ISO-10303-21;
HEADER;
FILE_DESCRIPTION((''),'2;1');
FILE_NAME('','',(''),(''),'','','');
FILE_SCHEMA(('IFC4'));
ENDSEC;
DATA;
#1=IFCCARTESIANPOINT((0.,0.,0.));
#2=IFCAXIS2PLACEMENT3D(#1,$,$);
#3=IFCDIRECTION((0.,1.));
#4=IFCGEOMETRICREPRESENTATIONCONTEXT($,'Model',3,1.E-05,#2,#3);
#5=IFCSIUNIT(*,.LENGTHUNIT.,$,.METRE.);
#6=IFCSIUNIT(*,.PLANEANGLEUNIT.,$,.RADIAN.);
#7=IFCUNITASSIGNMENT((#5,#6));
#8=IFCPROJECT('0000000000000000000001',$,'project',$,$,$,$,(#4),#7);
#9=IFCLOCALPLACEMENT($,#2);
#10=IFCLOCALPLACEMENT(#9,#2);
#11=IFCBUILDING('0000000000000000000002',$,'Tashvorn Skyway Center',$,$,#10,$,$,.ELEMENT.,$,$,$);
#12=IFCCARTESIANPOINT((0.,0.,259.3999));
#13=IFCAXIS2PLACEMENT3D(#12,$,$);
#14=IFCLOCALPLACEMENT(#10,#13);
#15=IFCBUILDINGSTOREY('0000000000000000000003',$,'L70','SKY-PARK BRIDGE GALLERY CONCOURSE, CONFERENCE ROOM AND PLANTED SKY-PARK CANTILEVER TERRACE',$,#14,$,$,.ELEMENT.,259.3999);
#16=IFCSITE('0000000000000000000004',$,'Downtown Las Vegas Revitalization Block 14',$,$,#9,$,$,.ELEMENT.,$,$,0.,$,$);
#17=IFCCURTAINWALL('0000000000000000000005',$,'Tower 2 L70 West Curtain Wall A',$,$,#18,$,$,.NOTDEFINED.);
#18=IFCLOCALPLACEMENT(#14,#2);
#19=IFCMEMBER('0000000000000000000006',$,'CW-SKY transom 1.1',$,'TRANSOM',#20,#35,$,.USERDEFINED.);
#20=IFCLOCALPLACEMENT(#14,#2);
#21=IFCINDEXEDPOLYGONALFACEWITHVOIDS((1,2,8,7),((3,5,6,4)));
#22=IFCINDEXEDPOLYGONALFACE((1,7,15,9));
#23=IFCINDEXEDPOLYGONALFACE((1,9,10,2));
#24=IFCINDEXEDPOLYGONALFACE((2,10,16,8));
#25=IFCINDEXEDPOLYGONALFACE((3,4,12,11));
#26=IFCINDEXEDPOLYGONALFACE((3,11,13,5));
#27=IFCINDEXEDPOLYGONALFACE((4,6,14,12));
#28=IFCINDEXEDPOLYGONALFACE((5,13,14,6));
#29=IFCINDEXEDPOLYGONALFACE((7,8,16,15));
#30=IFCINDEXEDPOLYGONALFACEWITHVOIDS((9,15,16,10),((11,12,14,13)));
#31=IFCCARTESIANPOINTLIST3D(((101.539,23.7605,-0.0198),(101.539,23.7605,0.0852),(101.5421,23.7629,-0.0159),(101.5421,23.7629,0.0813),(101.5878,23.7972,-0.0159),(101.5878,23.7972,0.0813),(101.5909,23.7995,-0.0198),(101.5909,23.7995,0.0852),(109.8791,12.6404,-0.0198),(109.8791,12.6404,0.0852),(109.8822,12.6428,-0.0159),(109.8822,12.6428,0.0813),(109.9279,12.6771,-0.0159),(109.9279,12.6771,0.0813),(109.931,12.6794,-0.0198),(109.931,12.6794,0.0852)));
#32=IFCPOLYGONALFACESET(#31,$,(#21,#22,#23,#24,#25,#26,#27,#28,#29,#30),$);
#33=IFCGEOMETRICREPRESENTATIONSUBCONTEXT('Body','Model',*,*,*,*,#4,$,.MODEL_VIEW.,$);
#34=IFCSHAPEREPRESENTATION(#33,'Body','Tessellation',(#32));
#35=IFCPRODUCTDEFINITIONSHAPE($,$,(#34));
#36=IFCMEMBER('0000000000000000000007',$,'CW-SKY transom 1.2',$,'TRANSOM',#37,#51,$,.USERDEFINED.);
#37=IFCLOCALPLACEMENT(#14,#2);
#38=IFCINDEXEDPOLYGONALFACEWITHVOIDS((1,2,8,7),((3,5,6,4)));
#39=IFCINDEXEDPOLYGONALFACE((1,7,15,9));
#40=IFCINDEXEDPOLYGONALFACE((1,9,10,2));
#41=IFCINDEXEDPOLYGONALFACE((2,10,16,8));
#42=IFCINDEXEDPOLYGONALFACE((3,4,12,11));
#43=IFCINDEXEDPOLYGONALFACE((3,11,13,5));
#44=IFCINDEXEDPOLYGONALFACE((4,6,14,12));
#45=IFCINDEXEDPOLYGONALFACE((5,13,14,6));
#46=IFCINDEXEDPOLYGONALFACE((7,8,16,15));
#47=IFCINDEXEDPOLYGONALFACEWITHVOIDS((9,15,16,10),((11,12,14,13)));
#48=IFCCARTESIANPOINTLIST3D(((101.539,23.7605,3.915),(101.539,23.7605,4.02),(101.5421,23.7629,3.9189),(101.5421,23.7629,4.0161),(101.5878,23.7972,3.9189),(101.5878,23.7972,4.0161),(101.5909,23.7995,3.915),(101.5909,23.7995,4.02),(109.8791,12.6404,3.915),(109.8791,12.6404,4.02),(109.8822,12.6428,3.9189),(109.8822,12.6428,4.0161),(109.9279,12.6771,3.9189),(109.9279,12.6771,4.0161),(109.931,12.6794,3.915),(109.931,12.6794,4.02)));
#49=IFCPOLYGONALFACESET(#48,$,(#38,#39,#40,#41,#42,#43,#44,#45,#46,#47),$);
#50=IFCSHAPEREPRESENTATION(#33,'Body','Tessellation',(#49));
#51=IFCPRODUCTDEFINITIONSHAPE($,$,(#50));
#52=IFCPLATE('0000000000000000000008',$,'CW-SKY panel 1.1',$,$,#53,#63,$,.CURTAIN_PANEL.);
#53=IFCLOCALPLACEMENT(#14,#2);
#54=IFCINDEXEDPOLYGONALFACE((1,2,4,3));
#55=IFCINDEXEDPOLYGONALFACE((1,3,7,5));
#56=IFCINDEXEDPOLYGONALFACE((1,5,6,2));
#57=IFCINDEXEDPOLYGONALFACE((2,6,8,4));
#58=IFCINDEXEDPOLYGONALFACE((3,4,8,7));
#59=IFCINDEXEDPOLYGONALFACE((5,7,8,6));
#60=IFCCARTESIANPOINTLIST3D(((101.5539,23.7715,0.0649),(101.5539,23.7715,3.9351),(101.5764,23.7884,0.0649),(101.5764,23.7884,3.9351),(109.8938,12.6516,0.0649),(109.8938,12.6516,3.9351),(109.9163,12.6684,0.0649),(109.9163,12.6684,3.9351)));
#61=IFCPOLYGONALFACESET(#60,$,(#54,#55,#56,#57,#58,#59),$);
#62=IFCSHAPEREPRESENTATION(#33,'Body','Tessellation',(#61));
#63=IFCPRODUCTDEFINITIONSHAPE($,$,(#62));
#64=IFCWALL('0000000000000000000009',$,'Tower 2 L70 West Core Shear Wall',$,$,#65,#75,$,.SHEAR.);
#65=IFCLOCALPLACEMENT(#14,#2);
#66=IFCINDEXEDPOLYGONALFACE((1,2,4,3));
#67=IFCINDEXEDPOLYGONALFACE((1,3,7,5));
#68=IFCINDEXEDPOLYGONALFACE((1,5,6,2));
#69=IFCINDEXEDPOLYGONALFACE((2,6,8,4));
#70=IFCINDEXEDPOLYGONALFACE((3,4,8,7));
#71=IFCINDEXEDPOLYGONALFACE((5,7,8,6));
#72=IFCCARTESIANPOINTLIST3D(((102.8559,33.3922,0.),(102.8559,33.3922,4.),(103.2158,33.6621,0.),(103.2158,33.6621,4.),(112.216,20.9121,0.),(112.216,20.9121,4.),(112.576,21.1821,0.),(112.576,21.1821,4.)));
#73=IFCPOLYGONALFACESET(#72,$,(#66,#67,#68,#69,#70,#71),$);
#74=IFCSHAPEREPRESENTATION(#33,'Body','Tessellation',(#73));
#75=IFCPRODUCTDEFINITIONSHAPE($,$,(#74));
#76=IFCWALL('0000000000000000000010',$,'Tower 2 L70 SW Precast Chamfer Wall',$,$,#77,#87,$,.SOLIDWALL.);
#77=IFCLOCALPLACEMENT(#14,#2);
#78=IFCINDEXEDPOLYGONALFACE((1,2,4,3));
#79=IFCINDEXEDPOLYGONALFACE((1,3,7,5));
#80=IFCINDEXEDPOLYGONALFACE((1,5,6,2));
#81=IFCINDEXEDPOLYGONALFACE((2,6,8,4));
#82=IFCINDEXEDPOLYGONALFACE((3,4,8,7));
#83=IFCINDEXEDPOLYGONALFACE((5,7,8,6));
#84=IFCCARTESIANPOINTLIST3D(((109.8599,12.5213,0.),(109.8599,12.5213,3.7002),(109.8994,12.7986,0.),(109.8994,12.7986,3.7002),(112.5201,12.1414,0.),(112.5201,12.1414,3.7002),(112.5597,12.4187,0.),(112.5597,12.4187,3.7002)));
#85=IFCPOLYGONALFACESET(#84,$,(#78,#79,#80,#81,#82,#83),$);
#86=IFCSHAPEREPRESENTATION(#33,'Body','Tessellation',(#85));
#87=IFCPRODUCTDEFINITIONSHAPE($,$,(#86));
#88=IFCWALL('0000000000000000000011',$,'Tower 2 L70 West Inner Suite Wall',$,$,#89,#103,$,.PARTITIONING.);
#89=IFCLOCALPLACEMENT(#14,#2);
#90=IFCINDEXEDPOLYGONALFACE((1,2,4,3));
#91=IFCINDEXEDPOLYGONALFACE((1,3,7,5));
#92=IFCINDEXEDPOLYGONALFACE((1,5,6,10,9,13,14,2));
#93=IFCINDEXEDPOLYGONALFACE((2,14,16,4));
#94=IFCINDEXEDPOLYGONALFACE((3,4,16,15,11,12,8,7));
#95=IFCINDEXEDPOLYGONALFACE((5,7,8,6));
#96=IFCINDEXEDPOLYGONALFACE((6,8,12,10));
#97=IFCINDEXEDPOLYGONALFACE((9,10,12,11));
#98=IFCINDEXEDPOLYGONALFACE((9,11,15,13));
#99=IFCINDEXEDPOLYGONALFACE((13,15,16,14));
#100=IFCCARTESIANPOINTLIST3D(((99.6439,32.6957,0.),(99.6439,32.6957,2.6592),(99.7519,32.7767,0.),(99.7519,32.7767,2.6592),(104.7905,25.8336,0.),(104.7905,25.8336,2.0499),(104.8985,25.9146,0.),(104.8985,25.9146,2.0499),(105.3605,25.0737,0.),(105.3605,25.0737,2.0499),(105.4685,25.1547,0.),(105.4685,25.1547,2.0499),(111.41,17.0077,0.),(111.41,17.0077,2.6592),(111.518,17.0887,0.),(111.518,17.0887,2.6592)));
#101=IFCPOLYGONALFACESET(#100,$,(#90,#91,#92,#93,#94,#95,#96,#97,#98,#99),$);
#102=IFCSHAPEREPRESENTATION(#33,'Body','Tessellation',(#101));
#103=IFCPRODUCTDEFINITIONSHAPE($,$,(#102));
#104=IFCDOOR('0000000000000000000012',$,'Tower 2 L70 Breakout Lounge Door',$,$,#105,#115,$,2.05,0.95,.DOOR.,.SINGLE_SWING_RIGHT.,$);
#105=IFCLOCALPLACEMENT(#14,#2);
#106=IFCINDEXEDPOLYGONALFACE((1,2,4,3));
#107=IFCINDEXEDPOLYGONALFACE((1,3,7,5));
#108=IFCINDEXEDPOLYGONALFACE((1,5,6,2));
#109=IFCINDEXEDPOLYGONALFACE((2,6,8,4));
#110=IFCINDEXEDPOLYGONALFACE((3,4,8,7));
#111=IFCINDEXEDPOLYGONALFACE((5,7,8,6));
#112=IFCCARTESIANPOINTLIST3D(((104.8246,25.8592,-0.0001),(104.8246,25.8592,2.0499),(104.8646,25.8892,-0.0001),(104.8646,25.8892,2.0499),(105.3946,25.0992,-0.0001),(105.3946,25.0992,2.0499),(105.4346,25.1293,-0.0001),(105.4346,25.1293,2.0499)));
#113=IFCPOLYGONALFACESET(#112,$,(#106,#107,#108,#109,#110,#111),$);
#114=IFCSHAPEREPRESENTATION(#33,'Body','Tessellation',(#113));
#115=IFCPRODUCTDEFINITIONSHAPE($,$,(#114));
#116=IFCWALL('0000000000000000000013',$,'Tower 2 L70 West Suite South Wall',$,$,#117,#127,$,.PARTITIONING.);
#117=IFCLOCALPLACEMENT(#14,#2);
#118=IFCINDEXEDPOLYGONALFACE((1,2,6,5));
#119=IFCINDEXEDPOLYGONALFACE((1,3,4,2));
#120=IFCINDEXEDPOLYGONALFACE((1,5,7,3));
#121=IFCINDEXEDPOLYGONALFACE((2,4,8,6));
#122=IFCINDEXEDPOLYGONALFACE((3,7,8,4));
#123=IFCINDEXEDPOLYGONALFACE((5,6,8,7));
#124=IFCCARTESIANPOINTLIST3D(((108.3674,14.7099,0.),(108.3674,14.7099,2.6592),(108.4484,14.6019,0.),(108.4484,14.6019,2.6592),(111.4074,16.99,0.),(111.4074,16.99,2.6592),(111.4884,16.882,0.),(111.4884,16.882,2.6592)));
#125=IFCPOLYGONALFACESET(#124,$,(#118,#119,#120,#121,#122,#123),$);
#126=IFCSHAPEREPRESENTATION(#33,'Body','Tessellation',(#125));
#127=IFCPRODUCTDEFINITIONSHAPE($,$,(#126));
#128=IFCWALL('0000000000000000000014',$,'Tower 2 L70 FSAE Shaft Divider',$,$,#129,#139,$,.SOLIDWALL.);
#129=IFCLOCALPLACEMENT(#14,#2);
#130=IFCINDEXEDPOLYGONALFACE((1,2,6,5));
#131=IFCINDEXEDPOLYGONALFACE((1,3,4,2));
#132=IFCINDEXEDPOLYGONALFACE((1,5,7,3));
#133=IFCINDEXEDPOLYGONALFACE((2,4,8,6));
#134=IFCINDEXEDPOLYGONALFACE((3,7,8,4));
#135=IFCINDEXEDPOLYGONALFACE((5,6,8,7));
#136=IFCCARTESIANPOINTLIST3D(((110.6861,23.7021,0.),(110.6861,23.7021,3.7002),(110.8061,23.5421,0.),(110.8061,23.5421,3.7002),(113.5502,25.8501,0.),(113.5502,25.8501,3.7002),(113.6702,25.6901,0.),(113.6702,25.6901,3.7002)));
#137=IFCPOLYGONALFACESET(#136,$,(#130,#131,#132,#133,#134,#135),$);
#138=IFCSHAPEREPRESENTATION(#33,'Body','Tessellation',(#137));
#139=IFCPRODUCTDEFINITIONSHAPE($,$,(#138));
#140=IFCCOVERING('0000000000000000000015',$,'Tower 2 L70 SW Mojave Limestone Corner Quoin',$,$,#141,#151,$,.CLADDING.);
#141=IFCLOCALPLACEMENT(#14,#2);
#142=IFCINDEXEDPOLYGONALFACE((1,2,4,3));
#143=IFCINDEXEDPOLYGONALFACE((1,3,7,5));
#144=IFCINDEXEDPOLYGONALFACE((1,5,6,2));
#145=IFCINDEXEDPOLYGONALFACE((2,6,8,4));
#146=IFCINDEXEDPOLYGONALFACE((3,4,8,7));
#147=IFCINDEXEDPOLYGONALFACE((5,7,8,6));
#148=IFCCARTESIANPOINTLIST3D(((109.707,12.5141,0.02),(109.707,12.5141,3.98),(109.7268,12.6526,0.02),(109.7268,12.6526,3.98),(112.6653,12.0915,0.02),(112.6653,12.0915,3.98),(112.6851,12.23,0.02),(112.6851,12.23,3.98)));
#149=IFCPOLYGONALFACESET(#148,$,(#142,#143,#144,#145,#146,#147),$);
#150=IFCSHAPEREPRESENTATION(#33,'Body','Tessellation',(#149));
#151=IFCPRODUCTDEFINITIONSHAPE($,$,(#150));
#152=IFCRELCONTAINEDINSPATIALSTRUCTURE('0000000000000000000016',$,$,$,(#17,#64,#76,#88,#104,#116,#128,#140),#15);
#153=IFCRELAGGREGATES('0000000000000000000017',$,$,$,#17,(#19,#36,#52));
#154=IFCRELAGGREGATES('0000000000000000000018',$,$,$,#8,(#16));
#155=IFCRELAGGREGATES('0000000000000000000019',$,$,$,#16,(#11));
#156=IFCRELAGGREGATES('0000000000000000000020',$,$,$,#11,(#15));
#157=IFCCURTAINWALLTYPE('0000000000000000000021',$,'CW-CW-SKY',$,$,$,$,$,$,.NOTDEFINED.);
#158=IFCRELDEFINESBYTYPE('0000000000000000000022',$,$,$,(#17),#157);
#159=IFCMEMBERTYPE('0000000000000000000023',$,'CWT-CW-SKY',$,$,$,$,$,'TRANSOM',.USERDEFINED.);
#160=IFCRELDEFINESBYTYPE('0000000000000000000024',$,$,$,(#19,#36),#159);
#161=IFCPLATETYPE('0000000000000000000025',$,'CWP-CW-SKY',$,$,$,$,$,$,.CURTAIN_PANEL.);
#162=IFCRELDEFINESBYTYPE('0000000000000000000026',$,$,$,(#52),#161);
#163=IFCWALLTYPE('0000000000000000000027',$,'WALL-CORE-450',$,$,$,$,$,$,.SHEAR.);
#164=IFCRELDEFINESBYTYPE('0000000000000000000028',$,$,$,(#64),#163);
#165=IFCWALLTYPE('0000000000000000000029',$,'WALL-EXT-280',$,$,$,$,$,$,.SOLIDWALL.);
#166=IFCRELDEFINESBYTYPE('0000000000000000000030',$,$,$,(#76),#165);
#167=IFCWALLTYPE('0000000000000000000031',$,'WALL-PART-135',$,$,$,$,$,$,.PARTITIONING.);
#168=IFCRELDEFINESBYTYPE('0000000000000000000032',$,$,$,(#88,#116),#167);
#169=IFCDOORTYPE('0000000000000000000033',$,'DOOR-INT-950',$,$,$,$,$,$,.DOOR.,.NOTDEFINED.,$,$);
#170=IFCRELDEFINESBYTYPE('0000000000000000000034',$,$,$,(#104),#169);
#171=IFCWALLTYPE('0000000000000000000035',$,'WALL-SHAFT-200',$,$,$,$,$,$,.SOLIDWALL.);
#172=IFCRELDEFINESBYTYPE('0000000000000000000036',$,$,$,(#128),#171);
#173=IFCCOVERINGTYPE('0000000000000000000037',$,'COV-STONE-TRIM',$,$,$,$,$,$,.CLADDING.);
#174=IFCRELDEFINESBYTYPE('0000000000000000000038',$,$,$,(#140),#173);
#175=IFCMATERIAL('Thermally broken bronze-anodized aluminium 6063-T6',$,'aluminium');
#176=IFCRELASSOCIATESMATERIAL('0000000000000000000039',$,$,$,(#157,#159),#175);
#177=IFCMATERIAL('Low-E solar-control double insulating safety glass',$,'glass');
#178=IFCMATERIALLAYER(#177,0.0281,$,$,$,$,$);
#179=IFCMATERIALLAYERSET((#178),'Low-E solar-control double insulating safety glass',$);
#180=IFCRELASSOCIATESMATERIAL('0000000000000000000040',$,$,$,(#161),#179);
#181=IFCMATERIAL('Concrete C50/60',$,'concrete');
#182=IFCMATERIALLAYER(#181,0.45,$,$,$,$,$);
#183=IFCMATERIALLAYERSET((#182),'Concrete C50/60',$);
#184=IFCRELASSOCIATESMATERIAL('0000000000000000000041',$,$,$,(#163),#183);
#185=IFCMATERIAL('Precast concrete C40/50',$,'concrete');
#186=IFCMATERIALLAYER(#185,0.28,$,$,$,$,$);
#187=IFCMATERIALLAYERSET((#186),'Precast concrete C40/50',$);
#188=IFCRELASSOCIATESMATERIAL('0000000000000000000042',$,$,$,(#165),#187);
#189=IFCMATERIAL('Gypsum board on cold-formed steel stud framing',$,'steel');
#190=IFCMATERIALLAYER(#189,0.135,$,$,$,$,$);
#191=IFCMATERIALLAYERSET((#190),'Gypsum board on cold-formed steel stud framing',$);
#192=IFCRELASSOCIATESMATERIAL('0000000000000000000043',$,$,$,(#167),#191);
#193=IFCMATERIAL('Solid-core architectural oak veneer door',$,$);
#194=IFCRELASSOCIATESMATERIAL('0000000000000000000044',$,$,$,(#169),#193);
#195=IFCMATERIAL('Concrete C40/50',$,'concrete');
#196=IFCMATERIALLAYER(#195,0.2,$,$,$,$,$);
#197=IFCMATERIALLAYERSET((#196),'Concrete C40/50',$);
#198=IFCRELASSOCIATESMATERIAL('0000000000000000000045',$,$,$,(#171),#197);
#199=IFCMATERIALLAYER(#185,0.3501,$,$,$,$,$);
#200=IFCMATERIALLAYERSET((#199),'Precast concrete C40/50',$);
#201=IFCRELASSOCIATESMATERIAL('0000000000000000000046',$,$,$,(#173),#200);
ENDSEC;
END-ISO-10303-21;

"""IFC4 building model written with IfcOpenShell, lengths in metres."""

from ifc_helpers import new_model, si_unit, direction, frame, frame_2d, origin, origin_2d, place, context, subcontext, project, spatial, rectangle, hollow_rectangle, extrude, material, layer, layer_set, material_profile, profile_set, type_object, element, fill, aggregate, save


model = new_model("IFC4")

# Units and contexts
model_context = context("Model", 3, precision=1e-05, world=origin(), true_north=direction((0.0, 1.0)))
body_context = subcontext(model_context, "Body", "Model", "MODEL_VIEW")
ifc_project = project(units=[si_unit("LENGTHUNIT", "METRE"), si_unit("PLANEANGLEUNIT", "RADIAN")], contexts=[model_context])

# Site, building, storey
site_placement = place(None, origin())
site = spatial("IfcSite", under=ifc_project, at=site_placement, Name="Downtown Las Vegas Revitalization Block 14", CompositionType="ELEMENT", RefElevation=0.0)
building_placement = place(site_placement, origin())
building = spatial("IfcBuilding", under=site, at=building_placement, Name="Tashvorn Skyway Center", CompositionType="ELEMENT")
storey_placement = place(building_placement, frame((0.0, 0.0, 259.3999)))
storey = spatial("IfcBuildingStorey", under=building, at=storey_placement, Name="L70", Description="SKY-PARK BRIDGE GALLERY CONCOURSE, CONFERENCE ROOM AND PLANTED SKY-PARK CANTILEVER TERRACE", CompositionType="ELEMENT", Elevation=259.3999)

# Shared definitions
ifc_material_1 = material(Name="Thermally broken bronze-anodized aluminium 6063-T6", Category="aluminium")
curtain_wall_type = type_object("IfcCurtainWallType", Name="CW-CW-SKY", PredefinedType="NOTDEFINED", material=ifc_material_1)

# Curtain wall, members, plate
curtain_wall_1_placement = place(storey_placement, origin())
curtain_wall_1 = element("IfcCurtainWall", 1, at=curtain_wall_1_placement, inside=storey, type_object=curtain_wall_type, Name="Tower 2 L70 West Curtain Wall A", PredefinedType="NOTDEFINED")
ifc_material_profile_1 = material_profile(ifc_material_1, hollow_rectangle(XDim=0.0649, YDim=0.105, WallThickness=0.0039, at=origin_2d()), Name="ALU-TRAN-65x105")
ifc_profile_set_1 = profile_set([ifc_material_profile_1], Name="Thermally broken bronze-anodized aluminium 6063-T6")
member_type_1 = type_object("IfcMemberType", Name="CWT-CW-SKY", ElementType="TRANSOM", PredefinedType="USERDEFINED", material=ifc_profile_set_1)
member_1_placement = place(storey_placement, frame((109.905, 12.6599, 0.0327), z_axis=(-0.6, 0.8, 0.0), x_axis=(-0.8, -0.6, 0.0)))
member_1 = element("IfcMember", 2, at=member_1_placement, type_object=member_type_1, Name="CW-SKY transom 1.1", ObjectType="TRANSOM", PredefinedType="USERDEFINED", context=body_context, shape_type="SweptSolid", body=[
    extrude(hollow_rectangle(XDim=0.0649, YDim=0.105, WallThickness=0.0039, at=origin_2d()), origin(), (0.0, 0.0, 1.0), 13.9001),
])
member_2_placement = place(storey_placement, frame((109.905, 12.6599, 3.9675), z_axis=(-0.6, 0.8, 0.0), x_axis=(-0.8, -0.6, 0.0)))
member_2 = element("IfcMember", 3, at=member_2_placement, type_object=member_type_1, Name="CW-SKY transom 1.2", ObjectType="TRANSOM", PredefinedType="USERDEFINED", context=body_context, shape_type="SweptSolid", body=[
    extrude(hollow_rectangle(XDim=0.0649, YDim=0.105, WallThickness=0.0039, at=origin_2d()), origin(), (0.0, 0.0, 1.0), 13.9001),
])
ifc_material_2 = material(Name="Low-E solar-control double insulating safety glass", Category="glass")
ifc_layer_1 = layer(ifc_material_2, 0.0281)
ifc_layer_set_1 = layer_set([ifc_layer_1], Name="Low-E solar-control double insulating safety glass")
plate_type = type_object("IfcPlateType", Name="CWP-CW-SKY", PredefinedType="CURTAIN_PANEL", material=ifc_layer_set_1)
plate_placement = place(storey_placement, frame((105.7351, 18.22, 0.0649), z_axis=(0.0, 0.0, 1.0), x_axis=(-0.6, 0.8, 0.0)))
plate = element("IfcPlate", 4, at=plate_placement, type_object=plate_type, Name="CW-SKY panel 1.1", PredefinedType="CURTAIN_PANEL", context=body_context, shape_type="SweptSolid", body=[
    extrude(rectangle(XDim=13.8999, YDim=0.0281, at=origin_2d()), origin(), (0.0, 0.0, 1.0), 3.8701),
])
aggregate(curtain_wall_1, [member_1, member_2, plate])

# Walls
ifc_material_3 = material(Name="Concrete C50/60", Category="concrete")
ifc_layer_2 = layer(ifc_material_3, 0.45)
ifc_layer_set_2 = layer_set([ifc_layer_2], Name="Concrete C50/60")
wall_type_1 = type_object("IfcWallType", Name="WALL-CORE-450", PredefinedType="SHEAR", material=ifc_layer_set_2)
wall_1_placement = place(storey_placement, frame((112.396, 21.0471, 0.0), z_axis=(0.0, 0.0, 1.0), x_axis=(-0.600005, 0.799996, 0.0)))
element("IfcWall", 5, at=wall_1_placement, inside=storey, type_object=wall_type_1, Name="Tower 2 L70 West Core Shear Wall", PredefinedType="SHEAR", context=body_context, shape_type="SweptSolid", body=[
    extrude(rectangle(XDim=15.6001, YDim=0.45, at=frame_2d((7.8, 0.0))), origin(), (0.0, 0.0, 1.0), 4.0),
])
ifc_material_4 = material(Name="Precast concrete C40/50", Category="concrete")
ifc_layer_3 = layer(ifc_material_4, 0.28)
ifc_layer_set_3 = layer_set([ifc_layer_3], Name="Precast concrete C40/50")
wall_type_2 = type_object("IfcWallType", Name="WALL-EXT-280", PredefinedType="SOLIDWALL", material=ifc_layer_set_3)
wall_2_placement = place(storey_placement, frame((112.54, 12.28, 0.0), z_axis=(0.0, 0.0, 1.0), x_axis=(-0.989957, 0.14137, 0.0)))
element("IfcWall", 6, at=wall_2_placement, inside=storey, type_object=wall_type_2, Name="Tower 2 L70 SW Precast Chamfer Wall", PredefinedType="SOLIDWALL", context=body_context, shape_type="SweptSolid", body=[
    extrude(rectangle(XDim=2.6873, YDim=0.28, at=frame_2d((1.3438, 0.0))), origin(), (0.0, 0.0, 1.0), 3.7002),
])

# Wall, opening, door
ifc_material_5 = material(Name="Gypsum board on cold-formed steel stud framing", Category="steel")
ifc_layer_4 = layer(ifc_material_5, 0.135)
ifc_layer_set_4 = layer_set([ifc_layer_4], Name="Gypsum board on cold-formed steel stud framing")
wall_type_3 = type_object("IfcWallType", Name="WALL-PART-135", PredefinedType="PARTITIONING", material=ifc_layer_set_4)
wall_3_placement = place(storey_placement, frame((111.4641, 17.0481, 0.0), z_axis=(0.0, 0.0, 1.0), x_axis=(-0.600004, 0.799997, 0.0)))
wall_3 = element("IfcWall", 7, at=wall_3_placement, inside=storey, type_object=wall_type_3, Name="Tower 2 L70 West Inner Suite Wall", PredefinedType="PARTITIONING", context=body_context, shape_type="SweptSolid", body=[
    extrude(rectangle(XDim=19.6101, YDim=0.135, at=frame_2d((9.8052, 0.0))), origin(), (0.0, 0.0, 1.0), 2.6592),
])
opening_placement = place(wall_3_placement, frame((10.0825, 0.0, 0.0)))
opening = element("IfcOpeningElement", 8, at=opening_placement, cuts=wall_3, PredefinedType="OPENING", context=body_context, shape_type="SweptSolid", body=[
    extrude(rectangle(XDim=0.95, YDim=2.05, at=frame_2d((0.4751, 1.0249))), frame((0.0, 0.0774, 0.0), z_axis=(0.0, -1.0, 0.0), x_axis=(1.0, 0.0, 0.0)), (0.0, 0.0, 1.0), 0.155),
])
ifc_material_6 = material(Name="Solid-core architectural oak veneer door")
door_type = type_object("IfcDoorType", Name="DOOR-INT-950", OperationType="NOTDEFINED", PredefinedType="DOOR", material=ifc_material_6)
door_placement = place(opening_placement, origin())
door = element("IfcDoor", 9, at=door_placement, inside=storey, type_object=door_type, Name="Tower 2 L70 Breakout Lounge Door", OperationType="SINGLE_SWING_RIGHT", OverallHeight=2.05, OverallWidth=0.95, PredefinedType="DOOR", context=body_context, shape_type="SweptSolid", body=[
    extrude(rectangle(XDim=0.95, YDim=2.05, at=frame_2d((0.4751, 1.0249))), frame((0.0, 0.0249, 0.0), z_axis=(0.0, -1.0, 0.0), x_axis=(1.0, 0.0, 0.0)), (0.0, 0.0, 1.0), 0.05),
])
fill(opening, door)

# Walls
wall_4_placement = place(storey_placement, frame((108.408, 14.656, 0.0), z_axis=(0.0, 0.0, 1.0), x_axis=(0.8, 0.6, 0.0)))
element("IfcWall", 10, at=wall_4_placement, inside=storey, type_object=wall_type_3, Name="Tower 2 L70 West Suite South Wall", PredefinedType="PARTITIONING", context=body_context, shape_type="SweptSolid", body=[
    extrude(rectangle(XDim=3.8, YDim=0.135, at=frame_2d((1.8999, 0.0))), origin(), (0.0, 0.0, 1.0), 2.6592),
])
ifc_material_7 = material(Name="Concrete C40/50", Category="concrete")
ifc_layer_5 = layer(ifc_material_7, 0.2)
ifc_layer_set_5 = layer_set([ifc_layer_5], Name="Concrete C40/50")
wall_type_4 = type_object("IfcWallType", Name="WALL-SHAFT-200", PredefinedType="SOLIDWALL", material=ifc_layer_set_5)
wall_5_placement = place(storey_placement, frame((110.7461, 23.6221, 0.0), z_axis=(0.0, 0.0, 1.0), x_axis=(0.800008, 0.599989, 0.0)))
element("IfcWall", 11, at=wall_5_placement, inside=storey, type_object=wall_type_4, Name="Tower 2 L70 FSAE Shaft Divider", PredefinedType="SOLIDWALL", context=body_context, shape_type="SweptSolid", body=[
    extrude(rectangle(XDim=3.5801, YDim=0.2, at=frame_2d((1.79, 0.0))), origin(), (0.0, 0.0, 1.0), 3.7002),
])

# Covering
ifc_layer_6 = layer(ifc_material_4, 0.3501)
ifc_layer_set_6 = layer_set([ifc_layer_6], Name="Precast concrete C40/50")
covering_type = type_object("IfcCoveringType", Name="COV-STONE-TRIM", PredefinedType="CLADDING", material=ifc_layer_set_6)
covering_placement = place(storey_placement, frame((111.196, 12.3721, 0.02), z_axis=(0.0, 0.0, 1.0), x_axis=(-0.989949, 0.141421, 0.0)))
element("IfcCovering", 12, at=covering_placement, inside=storey, type_object=covering_type, Name="Tower 2 L70 SW Mojave Limestone Corner Quoin", PredefinedType="CLADDING", context=body_context, shape_type="SweptSolid", body=[
    extrude(rectangle(XDim=2.9883, YDim=0.1399, at=origin_2d()), origin(), (0.0, 0.0, 1.0), 3.96),
])

save(model, "model.ifc")
